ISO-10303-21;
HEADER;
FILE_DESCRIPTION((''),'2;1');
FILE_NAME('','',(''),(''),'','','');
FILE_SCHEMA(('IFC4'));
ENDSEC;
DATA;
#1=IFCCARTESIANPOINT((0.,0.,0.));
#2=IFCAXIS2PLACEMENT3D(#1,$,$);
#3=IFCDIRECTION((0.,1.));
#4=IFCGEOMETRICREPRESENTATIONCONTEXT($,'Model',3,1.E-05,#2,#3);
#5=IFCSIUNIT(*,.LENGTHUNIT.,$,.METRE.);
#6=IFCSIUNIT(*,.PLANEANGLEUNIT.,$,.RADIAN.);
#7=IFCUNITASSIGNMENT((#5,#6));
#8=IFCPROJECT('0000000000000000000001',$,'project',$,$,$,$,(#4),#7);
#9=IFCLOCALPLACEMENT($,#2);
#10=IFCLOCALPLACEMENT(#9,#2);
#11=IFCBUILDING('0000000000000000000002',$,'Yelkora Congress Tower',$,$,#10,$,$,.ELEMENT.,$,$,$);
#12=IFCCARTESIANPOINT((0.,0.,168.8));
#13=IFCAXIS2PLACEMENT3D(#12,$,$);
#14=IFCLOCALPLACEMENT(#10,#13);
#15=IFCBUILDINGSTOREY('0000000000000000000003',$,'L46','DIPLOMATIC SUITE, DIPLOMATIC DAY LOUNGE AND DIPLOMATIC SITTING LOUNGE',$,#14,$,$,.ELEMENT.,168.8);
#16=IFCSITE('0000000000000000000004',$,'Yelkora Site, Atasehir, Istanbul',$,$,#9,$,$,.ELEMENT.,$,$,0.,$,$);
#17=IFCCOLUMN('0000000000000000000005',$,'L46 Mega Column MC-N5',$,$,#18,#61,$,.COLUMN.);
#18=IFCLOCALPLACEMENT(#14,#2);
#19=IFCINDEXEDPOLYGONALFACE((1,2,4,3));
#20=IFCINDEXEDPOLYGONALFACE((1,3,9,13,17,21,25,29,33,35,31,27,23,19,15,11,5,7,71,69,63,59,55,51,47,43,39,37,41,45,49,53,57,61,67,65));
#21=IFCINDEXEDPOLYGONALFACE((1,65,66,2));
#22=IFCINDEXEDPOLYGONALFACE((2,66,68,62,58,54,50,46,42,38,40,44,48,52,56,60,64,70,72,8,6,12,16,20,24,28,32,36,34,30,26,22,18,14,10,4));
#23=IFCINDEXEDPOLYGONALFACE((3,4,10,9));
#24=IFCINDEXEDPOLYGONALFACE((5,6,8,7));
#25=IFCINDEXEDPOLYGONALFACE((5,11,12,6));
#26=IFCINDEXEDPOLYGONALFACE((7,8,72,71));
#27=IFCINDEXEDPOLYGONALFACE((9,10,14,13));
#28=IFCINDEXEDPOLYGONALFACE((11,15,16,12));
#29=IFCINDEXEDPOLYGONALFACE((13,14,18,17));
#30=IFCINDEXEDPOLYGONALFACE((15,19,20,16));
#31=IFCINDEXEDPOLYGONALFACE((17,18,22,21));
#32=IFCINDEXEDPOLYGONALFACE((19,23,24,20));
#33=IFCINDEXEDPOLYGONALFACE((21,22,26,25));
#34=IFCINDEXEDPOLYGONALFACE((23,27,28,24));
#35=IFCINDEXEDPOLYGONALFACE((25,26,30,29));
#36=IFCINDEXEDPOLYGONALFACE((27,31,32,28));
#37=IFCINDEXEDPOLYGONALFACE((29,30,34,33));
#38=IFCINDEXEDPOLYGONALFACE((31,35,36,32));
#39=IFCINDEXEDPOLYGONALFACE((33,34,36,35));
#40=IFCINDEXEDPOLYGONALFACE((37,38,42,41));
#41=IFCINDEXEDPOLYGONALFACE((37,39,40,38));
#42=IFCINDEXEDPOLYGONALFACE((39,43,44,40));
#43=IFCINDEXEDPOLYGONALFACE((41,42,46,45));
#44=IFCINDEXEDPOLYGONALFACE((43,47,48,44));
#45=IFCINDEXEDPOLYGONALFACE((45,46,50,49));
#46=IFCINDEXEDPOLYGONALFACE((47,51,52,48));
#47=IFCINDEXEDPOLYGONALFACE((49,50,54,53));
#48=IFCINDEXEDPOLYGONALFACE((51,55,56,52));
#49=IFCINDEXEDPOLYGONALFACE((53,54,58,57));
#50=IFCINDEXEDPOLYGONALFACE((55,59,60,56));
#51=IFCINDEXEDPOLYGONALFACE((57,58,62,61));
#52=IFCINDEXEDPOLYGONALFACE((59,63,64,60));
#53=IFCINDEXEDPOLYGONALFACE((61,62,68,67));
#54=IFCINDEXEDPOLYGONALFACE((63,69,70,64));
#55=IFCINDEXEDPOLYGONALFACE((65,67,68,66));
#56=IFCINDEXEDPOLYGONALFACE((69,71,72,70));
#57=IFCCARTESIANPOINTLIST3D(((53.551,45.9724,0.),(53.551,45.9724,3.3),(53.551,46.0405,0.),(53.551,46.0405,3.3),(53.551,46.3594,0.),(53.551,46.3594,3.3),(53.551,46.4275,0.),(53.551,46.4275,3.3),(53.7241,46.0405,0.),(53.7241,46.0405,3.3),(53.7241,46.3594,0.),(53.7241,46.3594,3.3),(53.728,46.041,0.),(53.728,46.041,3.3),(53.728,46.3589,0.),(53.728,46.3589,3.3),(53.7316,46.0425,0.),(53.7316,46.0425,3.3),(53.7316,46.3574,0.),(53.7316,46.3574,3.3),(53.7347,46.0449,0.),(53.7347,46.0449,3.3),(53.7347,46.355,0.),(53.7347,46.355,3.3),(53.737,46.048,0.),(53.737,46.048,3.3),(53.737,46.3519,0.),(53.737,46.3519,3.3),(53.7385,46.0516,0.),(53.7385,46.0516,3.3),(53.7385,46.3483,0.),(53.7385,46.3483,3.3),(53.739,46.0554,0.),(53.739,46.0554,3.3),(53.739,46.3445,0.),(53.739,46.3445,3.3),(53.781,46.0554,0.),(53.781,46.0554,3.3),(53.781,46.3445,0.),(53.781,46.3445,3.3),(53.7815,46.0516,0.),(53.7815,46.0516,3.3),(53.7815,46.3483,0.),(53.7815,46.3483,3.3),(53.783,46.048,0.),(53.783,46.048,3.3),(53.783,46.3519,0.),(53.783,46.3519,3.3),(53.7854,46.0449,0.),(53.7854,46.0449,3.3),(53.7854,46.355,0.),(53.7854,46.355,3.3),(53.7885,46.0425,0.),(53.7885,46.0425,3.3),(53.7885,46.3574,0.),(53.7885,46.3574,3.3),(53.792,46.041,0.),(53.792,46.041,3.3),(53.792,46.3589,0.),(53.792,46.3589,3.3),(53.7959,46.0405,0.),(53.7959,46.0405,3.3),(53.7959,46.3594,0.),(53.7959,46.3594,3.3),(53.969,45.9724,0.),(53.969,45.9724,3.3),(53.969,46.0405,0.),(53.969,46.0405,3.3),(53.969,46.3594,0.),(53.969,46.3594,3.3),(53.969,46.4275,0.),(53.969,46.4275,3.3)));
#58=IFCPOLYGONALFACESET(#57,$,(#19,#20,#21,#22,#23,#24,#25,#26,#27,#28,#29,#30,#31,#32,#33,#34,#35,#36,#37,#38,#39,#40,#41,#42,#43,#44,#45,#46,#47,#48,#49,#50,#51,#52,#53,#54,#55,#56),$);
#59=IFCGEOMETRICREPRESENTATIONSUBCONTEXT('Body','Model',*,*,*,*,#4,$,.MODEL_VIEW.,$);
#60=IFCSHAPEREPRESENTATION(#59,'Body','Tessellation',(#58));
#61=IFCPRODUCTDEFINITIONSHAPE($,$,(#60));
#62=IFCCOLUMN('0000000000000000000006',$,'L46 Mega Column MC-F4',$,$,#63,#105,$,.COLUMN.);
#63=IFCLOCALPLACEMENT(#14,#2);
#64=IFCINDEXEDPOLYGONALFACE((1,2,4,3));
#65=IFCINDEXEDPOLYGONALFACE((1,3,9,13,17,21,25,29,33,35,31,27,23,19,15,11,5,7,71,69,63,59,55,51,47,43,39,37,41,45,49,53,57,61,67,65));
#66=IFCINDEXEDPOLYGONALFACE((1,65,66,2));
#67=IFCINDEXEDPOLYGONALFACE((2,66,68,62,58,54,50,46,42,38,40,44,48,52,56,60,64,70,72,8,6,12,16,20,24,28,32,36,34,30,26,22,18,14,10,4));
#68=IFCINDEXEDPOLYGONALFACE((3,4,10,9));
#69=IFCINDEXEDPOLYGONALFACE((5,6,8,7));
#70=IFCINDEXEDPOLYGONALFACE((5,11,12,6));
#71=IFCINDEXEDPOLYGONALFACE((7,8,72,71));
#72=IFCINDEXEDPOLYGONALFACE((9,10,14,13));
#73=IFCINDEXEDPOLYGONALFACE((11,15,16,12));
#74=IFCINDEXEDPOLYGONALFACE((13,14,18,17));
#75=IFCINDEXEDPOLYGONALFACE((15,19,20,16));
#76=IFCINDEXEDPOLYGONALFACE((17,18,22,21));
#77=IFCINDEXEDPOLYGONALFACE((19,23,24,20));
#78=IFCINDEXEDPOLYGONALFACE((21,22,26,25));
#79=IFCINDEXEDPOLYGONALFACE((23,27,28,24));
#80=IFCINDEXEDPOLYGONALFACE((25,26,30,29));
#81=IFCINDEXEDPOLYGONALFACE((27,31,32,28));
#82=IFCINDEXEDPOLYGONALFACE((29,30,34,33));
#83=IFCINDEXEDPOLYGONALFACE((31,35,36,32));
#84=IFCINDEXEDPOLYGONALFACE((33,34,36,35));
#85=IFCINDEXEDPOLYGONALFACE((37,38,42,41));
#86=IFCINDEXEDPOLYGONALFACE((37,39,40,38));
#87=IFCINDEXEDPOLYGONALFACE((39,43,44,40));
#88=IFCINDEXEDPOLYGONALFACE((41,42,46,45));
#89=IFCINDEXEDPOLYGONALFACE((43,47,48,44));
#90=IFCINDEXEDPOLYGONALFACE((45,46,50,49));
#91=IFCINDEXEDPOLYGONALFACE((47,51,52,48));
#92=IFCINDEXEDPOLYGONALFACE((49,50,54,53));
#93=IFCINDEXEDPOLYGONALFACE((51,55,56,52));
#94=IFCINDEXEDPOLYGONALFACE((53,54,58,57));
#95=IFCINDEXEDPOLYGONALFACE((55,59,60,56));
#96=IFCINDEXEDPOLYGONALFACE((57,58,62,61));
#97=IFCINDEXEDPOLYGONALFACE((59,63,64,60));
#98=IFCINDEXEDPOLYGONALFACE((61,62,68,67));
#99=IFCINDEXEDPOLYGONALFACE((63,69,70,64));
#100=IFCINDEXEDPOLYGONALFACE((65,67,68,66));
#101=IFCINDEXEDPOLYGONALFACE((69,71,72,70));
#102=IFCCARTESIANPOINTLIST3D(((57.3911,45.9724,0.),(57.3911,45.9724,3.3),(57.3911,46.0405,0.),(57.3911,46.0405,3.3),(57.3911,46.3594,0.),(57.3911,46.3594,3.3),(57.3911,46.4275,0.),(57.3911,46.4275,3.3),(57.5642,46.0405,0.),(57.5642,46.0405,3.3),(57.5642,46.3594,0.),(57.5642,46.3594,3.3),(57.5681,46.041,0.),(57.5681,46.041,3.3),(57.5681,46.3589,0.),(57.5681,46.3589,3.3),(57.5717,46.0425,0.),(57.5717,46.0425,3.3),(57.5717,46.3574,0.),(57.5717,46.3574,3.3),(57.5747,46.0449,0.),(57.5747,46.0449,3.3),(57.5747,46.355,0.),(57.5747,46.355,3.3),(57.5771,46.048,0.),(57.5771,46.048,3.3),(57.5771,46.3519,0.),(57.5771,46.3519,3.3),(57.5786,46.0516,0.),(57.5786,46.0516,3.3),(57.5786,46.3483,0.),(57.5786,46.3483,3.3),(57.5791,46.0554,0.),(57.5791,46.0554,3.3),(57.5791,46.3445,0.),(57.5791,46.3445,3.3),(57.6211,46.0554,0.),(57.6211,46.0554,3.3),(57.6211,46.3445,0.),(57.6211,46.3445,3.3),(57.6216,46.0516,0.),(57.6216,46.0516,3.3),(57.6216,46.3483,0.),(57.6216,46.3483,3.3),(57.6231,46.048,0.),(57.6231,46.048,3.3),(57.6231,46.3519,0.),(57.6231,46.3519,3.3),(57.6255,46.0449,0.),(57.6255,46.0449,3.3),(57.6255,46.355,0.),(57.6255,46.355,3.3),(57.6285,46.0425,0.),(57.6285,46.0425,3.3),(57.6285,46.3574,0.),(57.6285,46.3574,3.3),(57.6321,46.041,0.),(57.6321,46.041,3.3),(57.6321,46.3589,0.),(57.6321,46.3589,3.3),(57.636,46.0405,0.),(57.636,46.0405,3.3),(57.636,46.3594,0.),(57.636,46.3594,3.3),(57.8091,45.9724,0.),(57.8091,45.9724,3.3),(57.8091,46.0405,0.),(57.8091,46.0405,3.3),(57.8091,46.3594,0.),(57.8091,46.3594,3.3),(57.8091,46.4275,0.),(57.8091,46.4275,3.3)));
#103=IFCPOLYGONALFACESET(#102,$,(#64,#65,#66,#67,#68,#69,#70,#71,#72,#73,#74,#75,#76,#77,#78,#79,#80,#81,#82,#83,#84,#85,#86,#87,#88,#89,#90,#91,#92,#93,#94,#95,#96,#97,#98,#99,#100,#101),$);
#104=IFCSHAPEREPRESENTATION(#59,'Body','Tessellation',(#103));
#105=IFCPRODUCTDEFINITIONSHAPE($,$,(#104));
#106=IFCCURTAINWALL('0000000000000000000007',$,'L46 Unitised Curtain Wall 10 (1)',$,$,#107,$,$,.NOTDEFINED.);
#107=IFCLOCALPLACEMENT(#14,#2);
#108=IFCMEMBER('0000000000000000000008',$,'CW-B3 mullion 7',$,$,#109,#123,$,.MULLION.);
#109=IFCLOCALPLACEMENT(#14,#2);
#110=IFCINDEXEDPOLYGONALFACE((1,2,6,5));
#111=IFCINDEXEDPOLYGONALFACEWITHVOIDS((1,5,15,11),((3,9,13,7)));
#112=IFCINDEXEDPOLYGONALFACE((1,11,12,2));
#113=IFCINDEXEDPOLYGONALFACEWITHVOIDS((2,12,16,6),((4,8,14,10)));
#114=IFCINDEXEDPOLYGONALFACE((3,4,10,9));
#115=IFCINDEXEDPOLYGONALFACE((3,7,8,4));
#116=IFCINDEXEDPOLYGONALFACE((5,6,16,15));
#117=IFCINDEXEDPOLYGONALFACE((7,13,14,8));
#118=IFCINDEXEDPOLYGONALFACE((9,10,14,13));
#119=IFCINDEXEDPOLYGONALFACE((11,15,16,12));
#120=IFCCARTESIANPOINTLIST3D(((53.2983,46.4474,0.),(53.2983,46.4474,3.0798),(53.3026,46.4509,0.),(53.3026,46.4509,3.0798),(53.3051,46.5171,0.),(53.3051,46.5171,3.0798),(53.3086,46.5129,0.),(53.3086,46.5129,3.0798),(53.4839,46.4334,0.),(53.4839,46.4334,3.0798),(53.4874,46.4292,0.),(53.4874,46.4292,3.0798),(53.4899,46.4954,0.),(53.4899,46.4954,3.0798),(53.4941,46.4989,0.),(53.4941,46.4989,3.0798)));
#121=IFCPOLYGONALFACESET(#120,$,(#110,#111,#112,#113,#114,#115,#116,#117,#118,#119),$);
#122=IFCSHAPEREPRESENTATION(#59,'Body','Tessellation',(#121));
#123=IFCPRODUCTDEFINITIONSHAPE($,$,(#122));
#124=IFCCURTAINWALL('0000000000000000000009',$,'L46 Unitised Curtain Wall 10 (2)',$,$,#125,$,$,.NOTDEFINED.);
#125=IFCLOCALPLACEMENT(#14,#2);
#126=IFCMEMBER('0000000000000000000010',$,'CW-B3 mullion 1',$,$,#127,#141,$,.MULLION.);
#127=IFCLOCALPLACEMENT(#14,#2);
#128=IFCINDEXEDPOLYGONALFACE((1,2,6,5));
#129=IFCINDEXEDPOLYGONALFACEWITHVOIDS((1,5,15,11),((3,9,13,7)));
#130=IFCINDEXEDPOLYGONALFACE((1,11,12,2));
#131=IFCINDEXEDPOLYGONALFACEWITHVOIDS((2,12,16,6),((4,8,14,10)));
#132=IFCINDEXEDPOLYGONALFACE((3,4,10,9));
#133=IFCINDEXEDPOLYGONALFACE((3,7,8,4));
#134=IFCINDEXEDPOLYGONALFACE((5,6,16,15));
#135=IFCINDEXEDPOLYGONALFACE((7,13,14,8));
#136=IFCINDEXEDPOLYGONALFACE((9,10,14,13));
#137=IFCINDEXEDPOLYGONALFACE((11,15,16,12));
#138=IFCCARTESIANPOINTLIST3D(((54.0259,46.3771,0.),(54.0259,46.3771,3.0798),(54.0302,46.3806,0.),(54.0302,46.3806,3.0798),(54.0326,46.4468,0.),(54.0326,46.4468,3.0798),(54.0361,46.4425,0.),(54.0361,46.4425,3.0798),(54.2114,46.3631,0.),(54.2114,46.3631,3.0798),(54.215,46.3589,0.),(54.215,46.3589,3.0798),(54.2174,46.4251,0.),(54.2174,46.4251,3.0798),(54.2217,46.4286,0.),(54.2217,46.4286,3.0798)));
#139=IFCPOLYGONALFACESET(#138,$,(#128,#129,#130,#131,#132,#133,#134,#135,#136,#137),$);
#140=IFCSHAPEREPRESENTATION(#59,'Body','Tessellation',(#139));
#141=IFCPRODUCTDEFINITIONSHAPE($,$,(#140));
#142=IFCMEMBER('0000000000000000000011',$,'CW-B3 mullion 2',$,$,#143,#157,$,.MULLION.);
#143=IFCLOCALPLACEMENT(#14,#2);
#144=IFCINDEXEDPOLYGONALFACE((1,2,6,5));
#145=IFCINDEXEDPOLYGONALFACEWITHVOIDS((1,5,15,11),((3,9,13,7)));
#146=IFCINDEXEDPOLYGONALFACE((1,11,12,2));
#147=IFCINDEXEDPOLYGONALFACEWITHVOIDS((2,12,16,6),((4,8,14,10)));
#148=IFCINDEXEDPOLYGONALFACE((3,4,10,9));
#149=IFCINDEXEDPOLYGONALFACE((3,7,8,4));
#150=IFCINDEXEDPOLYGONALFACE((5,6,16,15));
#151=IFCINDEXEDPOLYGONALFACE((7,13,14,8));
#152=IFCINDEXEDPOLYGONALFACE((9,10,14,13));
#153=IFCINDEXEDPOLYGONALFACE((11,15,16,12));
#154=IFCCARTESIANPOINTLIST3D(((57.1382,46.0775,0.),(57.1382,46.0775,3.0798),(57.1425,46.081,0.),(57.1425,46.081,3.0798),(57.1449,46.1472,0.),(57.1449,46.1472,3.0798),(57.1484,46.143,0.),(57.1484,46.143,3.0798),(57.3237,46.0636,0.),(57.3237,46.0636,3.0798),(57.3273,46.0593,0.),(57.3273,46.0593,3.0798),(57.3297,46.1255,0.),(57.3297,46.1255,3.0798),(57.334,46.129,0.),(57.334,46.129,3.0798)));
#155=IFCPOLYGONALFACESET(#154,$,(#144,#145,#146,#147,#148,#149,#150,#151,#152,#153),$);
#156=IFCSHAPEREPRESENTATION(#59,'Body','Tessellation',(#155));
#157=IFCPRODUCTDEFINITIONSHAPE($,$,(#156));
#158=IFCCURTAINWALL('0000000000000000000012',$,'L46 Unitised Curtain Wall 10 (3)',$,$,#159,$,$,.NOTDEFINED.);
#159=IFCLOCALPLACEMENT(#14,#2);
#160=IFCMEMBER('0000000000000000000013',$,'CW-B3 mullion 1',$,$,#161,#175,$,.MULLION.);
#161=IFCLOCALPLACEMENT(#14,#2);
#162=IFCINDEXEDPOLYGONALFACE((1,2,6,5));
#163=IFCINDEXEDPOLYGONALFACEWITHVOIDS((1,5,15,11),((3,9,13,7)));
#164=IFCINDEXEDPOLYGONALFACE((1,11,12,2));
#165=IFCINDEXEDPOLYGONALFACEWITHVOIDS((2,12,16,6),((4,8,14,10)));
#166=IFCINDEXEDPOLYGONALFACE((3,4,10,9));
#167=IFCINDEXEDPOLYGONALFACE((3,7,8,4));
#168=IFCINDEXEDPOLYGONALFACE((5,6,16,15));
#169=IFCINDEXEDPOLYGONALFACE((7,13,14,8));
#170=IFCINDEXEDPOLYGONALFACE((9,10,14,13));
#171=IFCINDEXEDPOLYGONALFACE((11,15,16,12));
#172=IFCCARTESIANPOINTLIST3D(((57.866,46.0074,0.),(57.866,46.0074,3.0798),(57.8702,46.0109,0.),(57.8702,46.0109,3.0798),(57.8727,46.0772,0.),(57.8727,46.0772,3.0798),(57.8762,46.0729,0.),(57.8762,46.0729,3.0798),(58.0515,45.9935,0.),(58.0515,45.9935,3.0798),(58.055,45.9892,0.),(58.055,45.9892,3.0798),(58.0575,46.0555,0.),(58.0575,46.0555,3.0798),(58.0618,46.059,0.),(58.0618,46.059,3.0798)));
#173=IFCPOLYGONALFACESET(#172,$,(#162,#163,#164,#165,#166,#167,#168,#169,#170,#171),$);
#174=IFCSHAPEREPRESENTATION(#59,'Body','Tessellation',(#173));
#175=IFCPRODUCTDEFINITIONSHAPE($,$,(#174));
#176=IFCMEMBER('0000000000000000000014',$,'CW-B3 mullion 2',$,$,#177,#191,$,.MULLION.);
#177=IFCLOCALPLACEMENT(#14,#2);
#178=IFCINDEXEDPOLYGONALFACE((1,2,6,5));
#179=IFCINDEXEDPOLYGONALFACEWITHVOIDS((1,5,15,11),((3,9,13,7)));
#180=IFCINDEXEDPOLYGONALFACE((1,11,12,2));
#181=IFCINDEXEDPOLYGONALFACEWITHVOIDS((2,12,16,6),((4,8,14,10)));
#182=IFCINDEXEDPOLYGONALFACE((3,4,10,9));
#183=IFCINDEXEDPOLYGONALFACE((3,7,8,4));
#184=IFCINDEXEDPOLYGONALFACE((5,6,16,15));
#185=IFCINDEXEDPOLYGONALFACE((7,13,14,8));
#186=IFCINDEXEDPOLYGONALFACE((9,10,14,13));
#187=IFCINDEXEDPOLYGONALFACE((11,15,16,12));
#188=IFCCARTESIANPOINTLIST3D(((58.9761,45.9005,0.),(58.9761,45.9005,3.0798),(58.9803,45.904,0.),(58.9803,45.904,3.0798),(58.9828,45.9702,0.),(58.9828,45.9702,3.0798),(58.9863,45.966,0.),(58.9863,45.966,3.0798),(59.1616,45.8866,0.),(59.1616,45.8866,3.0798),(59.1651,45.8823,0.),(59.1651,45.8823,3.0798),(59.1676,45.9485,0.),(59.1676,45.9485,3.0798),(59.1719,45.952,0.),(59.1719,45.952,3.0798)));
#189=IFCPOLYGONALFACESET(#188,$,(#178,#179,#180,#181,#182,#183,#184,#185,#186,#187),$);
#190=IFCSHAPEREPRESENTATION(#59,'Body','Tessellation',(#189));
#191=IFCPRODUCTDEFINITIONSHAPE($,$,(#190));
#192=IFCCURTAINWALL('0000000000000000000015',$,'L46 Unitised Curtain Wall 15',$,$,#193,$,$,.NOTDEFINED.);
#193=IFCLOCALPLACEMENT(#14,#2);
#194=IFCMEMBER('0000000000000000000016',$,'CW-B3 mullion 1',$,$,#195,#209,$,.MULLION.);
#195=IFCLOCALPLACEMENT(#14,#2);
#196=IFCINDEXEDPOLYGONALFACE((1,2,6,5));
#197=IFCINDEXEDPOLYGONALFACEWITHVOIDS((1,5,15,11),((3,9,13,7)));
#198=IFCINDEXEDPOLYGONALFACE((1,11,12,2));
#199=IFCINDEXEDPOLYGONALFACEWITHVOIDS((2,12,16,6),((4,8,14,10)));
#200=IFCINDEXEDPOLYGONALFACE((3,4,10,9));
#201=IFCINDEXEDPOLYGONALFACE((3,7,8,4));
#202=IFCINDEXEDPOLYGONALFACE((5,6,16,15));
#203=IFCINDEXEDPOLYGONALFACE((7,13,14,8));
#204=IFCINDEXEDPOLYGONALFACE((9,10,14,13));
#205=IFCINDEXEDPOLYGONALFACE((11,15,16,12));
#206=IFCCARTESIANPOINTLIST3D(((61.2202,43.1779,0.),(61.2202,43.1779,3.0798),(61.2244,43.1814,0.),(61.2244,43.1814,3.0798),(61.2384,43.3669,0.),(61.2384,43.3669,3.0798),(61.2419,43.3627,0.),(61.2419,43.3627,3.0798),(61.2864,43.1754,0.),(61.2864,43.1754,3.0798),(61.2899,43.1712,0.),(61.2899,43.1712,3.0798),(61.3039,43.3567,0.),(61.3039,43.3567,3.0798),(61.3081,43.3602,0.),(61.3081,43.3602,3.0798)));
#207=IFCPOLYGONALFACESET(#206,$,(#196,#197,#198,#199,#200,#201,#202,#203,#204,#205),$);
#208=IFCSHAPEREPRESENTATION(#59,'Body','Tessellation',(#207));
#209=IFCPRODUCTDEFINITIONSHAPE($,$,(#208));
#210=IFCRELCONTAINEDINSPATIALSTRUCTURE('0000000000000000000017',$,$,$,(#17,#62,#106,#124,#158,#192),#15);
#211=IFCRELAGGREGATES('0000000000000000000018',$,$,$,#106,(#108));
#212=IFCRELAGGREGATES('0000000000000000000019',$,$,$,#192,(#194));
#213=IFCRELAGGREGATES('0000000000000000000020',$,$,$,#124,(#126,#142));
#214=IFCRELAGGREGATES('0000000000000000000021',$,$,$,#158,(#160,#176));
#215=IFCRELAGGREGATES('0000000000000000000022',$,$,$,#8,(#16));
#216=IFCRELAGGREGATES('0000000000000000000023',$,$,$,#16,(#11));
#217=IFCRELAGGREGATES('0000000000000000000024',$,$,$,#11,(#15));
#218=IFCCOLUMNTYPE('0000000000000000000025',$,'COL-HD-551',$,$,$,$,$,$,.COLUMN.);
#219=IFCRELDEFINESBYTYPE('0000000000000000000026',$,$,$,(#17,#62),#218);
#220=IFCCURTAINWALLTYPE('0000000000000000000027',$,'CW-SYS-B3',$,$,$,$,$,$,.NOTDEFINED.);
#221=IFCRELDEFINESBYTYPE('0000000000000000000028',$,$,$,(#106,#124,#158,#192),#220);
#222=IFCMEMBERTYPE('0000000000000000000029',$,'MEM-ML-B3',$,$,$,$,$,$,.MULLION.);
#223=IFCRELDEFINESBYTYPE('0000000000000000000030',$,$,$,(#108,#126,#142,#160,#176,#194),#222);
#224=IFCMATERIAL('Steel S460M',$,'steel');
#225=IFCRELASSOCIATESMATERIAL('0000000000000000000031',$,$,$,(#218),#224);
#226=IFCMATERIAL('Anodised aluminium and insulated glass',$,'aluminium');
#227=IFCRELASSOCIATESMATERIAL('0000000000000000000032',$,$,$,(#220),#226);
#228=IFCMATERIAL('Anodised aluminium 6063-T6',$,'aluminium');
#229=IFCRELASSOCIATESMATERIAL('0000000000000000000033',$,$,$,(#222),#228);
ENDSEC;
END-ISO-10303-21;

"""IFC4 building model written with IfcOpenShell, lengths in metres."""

from ifc_helpers import new_model, si_unit, direction, frame, origin, origin_2d, place, context, subcontext, project, spatial, hollow_rectangle, i_section, extrude, material, material_profile, profile_set, type_object, element, aggregate, save


model = new_model("IFC4")

# Units and contexts
model_context = context("Model", 3, precision=1e-05, world=origin(), true_north=direction((0.0, 1.0)))
body_context = subcontext(model_context, "Body", "Model", "MODEL_VIEW")
ifc_project = project(units=[si_unit("LENGTHUNIT", "METRE"), si_unit("PLANEANGLEUNIT", "RADIAN")], contexts=[model_context])

# Site, building, storey
site_placement = place(None, origin())
site = spatial("IfcSite", under=ifc_project, at=site_placement, Name="Yelkora Site, Atasehir, Istanbul", CompositionType="ELEMENT", RefElevation=0.0)
building_placement = place(site_placement, origin())
building = spatial("IfcBuilding", under=site, at=building_placement, Name="Yelkora Congress Tower", CompositionType="ELEMENT")
storey_placement = place(building_placement, frame((0.0, 0.0, 168.8)))
storey = spatial("IfcBuildingStorey", under=building, at=storey_placement, Name="L46", Description="DIPLOMATIC SUITE, DIPLOMATIC DAY LOUNGE AND DIPLOMATIC SITTING LOUNGE", CompositionType="ELEMENT", Elevation=168.8)

# Columns
ifc_material_1 = material(Name="Steel S460M", Category="steel")
ifc_material_profile_1 = material_profile(ifc_material_1, i_section(OverallWidth=0.418, OverallDepth=0.4551, WebThickness=0.042, FlangeThickness=0.0681, FilletRadius=0.0149, at=origin_2d()), Name="HD 400x551")
ifc_profile_set_1 = profile_set([ifc_material_profile_1], Name="Steel S460M")
column_type = type_object("IfcColumnType", Name="COL-HD-551", PredefinedType="COLUMN", material=ifc_profile_set_1)
for number, where, z_axis, x_axis, name in (
    (1, (53.76, 46.2, 0.0), (0.0, 0.0, 1.0), (1.0, 0.0, 0.0), "L46 Mega Column MC-N5"),
    (2, (57.6001, 46.2, 0.0), (0.0, 0.0, 1.0), (1.0, 0.0, 0.0), "L46 Mega Column MC-F4"),
):
    element("IfcColumn", number, at=place(storey_placement, frame(where, z_axis=z_axis, x_axis=x_axis)), inside=storey, type_object=column_type, Name=name, PredefinedType="COLUMN", context=body_context, shape_type="SweptSolid", body=[
        extrude(i_section(OverallWidth=0.418, OverallDepth=0.4551, WebThickness=0.042, FlangeThickness=0.0681, FilletRadius=0.0149, at=origin_2d()), origin(), (0.0, 0.0, 1.0), 3.3),
    ])

# Curtain wall, member
ifc_material_2 = material(Name="Anodised aluminium and insulated glass", Category="aluminium")
curtain_wall_type = type_object("IfcCurtainWallType", Name="CW-SYS-B3", PredefinedType="NOTDEFINED", material=ifc_material_2)
curtain_wall_1_placement = place(storey_placement, origin())
curtain_wall_1 = element("IfcCurtainWall", 3, at=curtain_wall_1_placement, inside=storey, type_object=curtain_wall_type, Name="L46 Unitised Curtain Wall 10 (1)", PredefinedType="NOTDEFINED")
ifc_material_3 = material(Name="Anodised aluminium 6063-T6", Category="aluminium")
ifc_material_profile_2 = material_profile(ifc_material_3, hollow_rectangle(XDim=0.0701, YDim=0.1899, WallThickness=0.0039, at=origin_2d()), Name="ALU 70x190x4")
ifc_profile_set_2 = profile_set([ifc_material_profile_2], Name="Anodised aluminium 6063-T6")
member_type_1 = type_object("IfcMemberType", Name="MEM-ML-B3", PredefinedType="MULLION", material=ifc_profile_set_2)
member_1_placement = place(storey_placement, frame((53.3962, 46.4731, 0.0), z_axis=(0.0, 0.0, 1.0), x_axis=(0.095845, 0.995396, 0.0)))
member_1 = element("IfcMember", 4, at=member_1_placement, type_object=member_type_1, Name="CW-B3 mullion 7", PredefinedType="MULLION", context=body_context, shape_type="SweptSolid", body=[
    extrude(hollow_rectangle(XDim=0.0701, YDim=0.1899, WallThickness=0.0039, at=origin_2d()), origin(), (0.0, 0.0, 1.0), 3.0798),
])
aggregate(curtain_wall_1, [member_1])

# Curtain walls, members
curtain_wall_2_placement = place(storey_placement, origin())
curtain_wall_2 = element("IfcCurtainWall", 5, at=curtain_wall_2_placement, inside=storey, type_object=curtain_wall_type, Name="L46 Unitised Curtain Wall 10 (2)", PredefinedType="NOTDEFINED")
member_2_placement = place(storey_placement, frame((54.1238, 46.4028, 0.0), z_axis=(0.0, 0.0, 1.0), x_axis=(0.095848, 0.995396, 0.0)))
member_2 = element("IfcMember", 6, at=member_2_placement, type_object=member_type_1, Name="CW-B3 mullion 1", PredefinedType="MULLION", context=body_context, shape_type="SweptSolid", body=[
    extrude(hollow_rectangle(XDim=0.0701, YDim=0.1899, WallThickness=0.0039, at=origin_2d()), origin(), (0.0, 0.0, 1.0), 3.0798),
])
member_3_placement = place(storey_placement, frame((57.2361, 46.1033, 0.0), z_axis=(0.0, 0.0, 1.0), x_axis=(0.095848, 0.995396, 0.0)))
member_3 = element("IfcMember", 7, at=member_3_placement, type_object=member_type_1, Name="CW-B3 mullion 2", PredefinedType="MULLION", context=body_context, shape_type="SweptSolid", body=[
    extrude(hollow_rectangle(XDim=0.0701, YDim=0.1899, WallThickness=0.0039, at=origin_2d()), origin(), (0.0, 0.0, 1.0), 3.0798),
])
curtain_wall_3_placement = place(storey_placement, origin())
curtain_wall_3 = element("IfcCurtainWall", 8, at=curtain_wall_3_placement, inside=storey, type_object=curtain_wall_type, Name="L46 Unitised Curtain Wall 10 (3)", PredefinedType="NOTDEFINED")
member_4_placement = place(storey_placement, frame((57.9639, 46.0332, 0.0), z_axis=(0.0, 0.0, 1.0), x_axis=(0.095852, 0.995396, 0.0)))
member_4 = element("IfcMember", 9, at=member_4_placement, type_object=member_type_1, Name="CW-B3 mullion 1", PredefinedType="MULLION", context=body_context, shape_type="SweptSolid", body=[
    extrude(hollow_rectangle(XDim=0.0701, YDim=0.1899, WallThickness=0.0039, at=origin_2d()), origin(), (0.0, 0.0, 1.0), 3.0798),
])
member_5_placement = place(storey_placement, frame((59.074, 45.9263, 0.0), z_axis=(0.0, 0.0, 1.0), x_axis=(0.095852, 0.995396, 0.0)))
member_5 = element("IfcMember", 10, at=member_5_placement, type_object=member_type_1, Name="CW-B3 mullion 2", PredefinedType="MULLION", context=body_context, shape_type="SweptSolid", body=[
    extrude(hollow_rectangle(XDim=0.0701, YDim=0.1899, WallThickness=0.0039, at=origin_2d()), origin(), (0.0, 0.0, 1.0), 3.0798),
])

# Curtain wall, member
curtain_wall_4_placement = place(storey_placement, origin())
curtain_wall_4 = element("IfcCurtainWall", 11, at=curtain_wall_4_placement, inside=storey, type_object=curtain_wall_type, Name="L46 Unitised Curtain Wall 15", PredefinedType="NOTDEFINED")
member_6_placement = place(storey_placement, frame((61.2642, 43.269, 0.0), z_axis=(0.0, 0.0, 1.0), x_axis=(0.995397, -0.095842, 0.0)))
member_6 = element("IfcMember", 12, at=member_6_placement, type_object=member_type_1, Name="CW-B3 mullion 1", PredefinedType="MULLION", context=body_context, shape_type="SweptSolid", body=[
    extrude(hollow_rectangle(XDim=0.0701, YDim=0.1899, WallThickness=0.0039, at=origin_2d()), origin(), (0.0, 0.0, 1.0), 3.0798),
])
aggregate(curtain_wall_4, [member_6])

aggregate(curtain_wall_2, [member_2, member_3])
aggregate(curtain_wall_3, [member_4, member_5])

save(model, "model.ifc")
